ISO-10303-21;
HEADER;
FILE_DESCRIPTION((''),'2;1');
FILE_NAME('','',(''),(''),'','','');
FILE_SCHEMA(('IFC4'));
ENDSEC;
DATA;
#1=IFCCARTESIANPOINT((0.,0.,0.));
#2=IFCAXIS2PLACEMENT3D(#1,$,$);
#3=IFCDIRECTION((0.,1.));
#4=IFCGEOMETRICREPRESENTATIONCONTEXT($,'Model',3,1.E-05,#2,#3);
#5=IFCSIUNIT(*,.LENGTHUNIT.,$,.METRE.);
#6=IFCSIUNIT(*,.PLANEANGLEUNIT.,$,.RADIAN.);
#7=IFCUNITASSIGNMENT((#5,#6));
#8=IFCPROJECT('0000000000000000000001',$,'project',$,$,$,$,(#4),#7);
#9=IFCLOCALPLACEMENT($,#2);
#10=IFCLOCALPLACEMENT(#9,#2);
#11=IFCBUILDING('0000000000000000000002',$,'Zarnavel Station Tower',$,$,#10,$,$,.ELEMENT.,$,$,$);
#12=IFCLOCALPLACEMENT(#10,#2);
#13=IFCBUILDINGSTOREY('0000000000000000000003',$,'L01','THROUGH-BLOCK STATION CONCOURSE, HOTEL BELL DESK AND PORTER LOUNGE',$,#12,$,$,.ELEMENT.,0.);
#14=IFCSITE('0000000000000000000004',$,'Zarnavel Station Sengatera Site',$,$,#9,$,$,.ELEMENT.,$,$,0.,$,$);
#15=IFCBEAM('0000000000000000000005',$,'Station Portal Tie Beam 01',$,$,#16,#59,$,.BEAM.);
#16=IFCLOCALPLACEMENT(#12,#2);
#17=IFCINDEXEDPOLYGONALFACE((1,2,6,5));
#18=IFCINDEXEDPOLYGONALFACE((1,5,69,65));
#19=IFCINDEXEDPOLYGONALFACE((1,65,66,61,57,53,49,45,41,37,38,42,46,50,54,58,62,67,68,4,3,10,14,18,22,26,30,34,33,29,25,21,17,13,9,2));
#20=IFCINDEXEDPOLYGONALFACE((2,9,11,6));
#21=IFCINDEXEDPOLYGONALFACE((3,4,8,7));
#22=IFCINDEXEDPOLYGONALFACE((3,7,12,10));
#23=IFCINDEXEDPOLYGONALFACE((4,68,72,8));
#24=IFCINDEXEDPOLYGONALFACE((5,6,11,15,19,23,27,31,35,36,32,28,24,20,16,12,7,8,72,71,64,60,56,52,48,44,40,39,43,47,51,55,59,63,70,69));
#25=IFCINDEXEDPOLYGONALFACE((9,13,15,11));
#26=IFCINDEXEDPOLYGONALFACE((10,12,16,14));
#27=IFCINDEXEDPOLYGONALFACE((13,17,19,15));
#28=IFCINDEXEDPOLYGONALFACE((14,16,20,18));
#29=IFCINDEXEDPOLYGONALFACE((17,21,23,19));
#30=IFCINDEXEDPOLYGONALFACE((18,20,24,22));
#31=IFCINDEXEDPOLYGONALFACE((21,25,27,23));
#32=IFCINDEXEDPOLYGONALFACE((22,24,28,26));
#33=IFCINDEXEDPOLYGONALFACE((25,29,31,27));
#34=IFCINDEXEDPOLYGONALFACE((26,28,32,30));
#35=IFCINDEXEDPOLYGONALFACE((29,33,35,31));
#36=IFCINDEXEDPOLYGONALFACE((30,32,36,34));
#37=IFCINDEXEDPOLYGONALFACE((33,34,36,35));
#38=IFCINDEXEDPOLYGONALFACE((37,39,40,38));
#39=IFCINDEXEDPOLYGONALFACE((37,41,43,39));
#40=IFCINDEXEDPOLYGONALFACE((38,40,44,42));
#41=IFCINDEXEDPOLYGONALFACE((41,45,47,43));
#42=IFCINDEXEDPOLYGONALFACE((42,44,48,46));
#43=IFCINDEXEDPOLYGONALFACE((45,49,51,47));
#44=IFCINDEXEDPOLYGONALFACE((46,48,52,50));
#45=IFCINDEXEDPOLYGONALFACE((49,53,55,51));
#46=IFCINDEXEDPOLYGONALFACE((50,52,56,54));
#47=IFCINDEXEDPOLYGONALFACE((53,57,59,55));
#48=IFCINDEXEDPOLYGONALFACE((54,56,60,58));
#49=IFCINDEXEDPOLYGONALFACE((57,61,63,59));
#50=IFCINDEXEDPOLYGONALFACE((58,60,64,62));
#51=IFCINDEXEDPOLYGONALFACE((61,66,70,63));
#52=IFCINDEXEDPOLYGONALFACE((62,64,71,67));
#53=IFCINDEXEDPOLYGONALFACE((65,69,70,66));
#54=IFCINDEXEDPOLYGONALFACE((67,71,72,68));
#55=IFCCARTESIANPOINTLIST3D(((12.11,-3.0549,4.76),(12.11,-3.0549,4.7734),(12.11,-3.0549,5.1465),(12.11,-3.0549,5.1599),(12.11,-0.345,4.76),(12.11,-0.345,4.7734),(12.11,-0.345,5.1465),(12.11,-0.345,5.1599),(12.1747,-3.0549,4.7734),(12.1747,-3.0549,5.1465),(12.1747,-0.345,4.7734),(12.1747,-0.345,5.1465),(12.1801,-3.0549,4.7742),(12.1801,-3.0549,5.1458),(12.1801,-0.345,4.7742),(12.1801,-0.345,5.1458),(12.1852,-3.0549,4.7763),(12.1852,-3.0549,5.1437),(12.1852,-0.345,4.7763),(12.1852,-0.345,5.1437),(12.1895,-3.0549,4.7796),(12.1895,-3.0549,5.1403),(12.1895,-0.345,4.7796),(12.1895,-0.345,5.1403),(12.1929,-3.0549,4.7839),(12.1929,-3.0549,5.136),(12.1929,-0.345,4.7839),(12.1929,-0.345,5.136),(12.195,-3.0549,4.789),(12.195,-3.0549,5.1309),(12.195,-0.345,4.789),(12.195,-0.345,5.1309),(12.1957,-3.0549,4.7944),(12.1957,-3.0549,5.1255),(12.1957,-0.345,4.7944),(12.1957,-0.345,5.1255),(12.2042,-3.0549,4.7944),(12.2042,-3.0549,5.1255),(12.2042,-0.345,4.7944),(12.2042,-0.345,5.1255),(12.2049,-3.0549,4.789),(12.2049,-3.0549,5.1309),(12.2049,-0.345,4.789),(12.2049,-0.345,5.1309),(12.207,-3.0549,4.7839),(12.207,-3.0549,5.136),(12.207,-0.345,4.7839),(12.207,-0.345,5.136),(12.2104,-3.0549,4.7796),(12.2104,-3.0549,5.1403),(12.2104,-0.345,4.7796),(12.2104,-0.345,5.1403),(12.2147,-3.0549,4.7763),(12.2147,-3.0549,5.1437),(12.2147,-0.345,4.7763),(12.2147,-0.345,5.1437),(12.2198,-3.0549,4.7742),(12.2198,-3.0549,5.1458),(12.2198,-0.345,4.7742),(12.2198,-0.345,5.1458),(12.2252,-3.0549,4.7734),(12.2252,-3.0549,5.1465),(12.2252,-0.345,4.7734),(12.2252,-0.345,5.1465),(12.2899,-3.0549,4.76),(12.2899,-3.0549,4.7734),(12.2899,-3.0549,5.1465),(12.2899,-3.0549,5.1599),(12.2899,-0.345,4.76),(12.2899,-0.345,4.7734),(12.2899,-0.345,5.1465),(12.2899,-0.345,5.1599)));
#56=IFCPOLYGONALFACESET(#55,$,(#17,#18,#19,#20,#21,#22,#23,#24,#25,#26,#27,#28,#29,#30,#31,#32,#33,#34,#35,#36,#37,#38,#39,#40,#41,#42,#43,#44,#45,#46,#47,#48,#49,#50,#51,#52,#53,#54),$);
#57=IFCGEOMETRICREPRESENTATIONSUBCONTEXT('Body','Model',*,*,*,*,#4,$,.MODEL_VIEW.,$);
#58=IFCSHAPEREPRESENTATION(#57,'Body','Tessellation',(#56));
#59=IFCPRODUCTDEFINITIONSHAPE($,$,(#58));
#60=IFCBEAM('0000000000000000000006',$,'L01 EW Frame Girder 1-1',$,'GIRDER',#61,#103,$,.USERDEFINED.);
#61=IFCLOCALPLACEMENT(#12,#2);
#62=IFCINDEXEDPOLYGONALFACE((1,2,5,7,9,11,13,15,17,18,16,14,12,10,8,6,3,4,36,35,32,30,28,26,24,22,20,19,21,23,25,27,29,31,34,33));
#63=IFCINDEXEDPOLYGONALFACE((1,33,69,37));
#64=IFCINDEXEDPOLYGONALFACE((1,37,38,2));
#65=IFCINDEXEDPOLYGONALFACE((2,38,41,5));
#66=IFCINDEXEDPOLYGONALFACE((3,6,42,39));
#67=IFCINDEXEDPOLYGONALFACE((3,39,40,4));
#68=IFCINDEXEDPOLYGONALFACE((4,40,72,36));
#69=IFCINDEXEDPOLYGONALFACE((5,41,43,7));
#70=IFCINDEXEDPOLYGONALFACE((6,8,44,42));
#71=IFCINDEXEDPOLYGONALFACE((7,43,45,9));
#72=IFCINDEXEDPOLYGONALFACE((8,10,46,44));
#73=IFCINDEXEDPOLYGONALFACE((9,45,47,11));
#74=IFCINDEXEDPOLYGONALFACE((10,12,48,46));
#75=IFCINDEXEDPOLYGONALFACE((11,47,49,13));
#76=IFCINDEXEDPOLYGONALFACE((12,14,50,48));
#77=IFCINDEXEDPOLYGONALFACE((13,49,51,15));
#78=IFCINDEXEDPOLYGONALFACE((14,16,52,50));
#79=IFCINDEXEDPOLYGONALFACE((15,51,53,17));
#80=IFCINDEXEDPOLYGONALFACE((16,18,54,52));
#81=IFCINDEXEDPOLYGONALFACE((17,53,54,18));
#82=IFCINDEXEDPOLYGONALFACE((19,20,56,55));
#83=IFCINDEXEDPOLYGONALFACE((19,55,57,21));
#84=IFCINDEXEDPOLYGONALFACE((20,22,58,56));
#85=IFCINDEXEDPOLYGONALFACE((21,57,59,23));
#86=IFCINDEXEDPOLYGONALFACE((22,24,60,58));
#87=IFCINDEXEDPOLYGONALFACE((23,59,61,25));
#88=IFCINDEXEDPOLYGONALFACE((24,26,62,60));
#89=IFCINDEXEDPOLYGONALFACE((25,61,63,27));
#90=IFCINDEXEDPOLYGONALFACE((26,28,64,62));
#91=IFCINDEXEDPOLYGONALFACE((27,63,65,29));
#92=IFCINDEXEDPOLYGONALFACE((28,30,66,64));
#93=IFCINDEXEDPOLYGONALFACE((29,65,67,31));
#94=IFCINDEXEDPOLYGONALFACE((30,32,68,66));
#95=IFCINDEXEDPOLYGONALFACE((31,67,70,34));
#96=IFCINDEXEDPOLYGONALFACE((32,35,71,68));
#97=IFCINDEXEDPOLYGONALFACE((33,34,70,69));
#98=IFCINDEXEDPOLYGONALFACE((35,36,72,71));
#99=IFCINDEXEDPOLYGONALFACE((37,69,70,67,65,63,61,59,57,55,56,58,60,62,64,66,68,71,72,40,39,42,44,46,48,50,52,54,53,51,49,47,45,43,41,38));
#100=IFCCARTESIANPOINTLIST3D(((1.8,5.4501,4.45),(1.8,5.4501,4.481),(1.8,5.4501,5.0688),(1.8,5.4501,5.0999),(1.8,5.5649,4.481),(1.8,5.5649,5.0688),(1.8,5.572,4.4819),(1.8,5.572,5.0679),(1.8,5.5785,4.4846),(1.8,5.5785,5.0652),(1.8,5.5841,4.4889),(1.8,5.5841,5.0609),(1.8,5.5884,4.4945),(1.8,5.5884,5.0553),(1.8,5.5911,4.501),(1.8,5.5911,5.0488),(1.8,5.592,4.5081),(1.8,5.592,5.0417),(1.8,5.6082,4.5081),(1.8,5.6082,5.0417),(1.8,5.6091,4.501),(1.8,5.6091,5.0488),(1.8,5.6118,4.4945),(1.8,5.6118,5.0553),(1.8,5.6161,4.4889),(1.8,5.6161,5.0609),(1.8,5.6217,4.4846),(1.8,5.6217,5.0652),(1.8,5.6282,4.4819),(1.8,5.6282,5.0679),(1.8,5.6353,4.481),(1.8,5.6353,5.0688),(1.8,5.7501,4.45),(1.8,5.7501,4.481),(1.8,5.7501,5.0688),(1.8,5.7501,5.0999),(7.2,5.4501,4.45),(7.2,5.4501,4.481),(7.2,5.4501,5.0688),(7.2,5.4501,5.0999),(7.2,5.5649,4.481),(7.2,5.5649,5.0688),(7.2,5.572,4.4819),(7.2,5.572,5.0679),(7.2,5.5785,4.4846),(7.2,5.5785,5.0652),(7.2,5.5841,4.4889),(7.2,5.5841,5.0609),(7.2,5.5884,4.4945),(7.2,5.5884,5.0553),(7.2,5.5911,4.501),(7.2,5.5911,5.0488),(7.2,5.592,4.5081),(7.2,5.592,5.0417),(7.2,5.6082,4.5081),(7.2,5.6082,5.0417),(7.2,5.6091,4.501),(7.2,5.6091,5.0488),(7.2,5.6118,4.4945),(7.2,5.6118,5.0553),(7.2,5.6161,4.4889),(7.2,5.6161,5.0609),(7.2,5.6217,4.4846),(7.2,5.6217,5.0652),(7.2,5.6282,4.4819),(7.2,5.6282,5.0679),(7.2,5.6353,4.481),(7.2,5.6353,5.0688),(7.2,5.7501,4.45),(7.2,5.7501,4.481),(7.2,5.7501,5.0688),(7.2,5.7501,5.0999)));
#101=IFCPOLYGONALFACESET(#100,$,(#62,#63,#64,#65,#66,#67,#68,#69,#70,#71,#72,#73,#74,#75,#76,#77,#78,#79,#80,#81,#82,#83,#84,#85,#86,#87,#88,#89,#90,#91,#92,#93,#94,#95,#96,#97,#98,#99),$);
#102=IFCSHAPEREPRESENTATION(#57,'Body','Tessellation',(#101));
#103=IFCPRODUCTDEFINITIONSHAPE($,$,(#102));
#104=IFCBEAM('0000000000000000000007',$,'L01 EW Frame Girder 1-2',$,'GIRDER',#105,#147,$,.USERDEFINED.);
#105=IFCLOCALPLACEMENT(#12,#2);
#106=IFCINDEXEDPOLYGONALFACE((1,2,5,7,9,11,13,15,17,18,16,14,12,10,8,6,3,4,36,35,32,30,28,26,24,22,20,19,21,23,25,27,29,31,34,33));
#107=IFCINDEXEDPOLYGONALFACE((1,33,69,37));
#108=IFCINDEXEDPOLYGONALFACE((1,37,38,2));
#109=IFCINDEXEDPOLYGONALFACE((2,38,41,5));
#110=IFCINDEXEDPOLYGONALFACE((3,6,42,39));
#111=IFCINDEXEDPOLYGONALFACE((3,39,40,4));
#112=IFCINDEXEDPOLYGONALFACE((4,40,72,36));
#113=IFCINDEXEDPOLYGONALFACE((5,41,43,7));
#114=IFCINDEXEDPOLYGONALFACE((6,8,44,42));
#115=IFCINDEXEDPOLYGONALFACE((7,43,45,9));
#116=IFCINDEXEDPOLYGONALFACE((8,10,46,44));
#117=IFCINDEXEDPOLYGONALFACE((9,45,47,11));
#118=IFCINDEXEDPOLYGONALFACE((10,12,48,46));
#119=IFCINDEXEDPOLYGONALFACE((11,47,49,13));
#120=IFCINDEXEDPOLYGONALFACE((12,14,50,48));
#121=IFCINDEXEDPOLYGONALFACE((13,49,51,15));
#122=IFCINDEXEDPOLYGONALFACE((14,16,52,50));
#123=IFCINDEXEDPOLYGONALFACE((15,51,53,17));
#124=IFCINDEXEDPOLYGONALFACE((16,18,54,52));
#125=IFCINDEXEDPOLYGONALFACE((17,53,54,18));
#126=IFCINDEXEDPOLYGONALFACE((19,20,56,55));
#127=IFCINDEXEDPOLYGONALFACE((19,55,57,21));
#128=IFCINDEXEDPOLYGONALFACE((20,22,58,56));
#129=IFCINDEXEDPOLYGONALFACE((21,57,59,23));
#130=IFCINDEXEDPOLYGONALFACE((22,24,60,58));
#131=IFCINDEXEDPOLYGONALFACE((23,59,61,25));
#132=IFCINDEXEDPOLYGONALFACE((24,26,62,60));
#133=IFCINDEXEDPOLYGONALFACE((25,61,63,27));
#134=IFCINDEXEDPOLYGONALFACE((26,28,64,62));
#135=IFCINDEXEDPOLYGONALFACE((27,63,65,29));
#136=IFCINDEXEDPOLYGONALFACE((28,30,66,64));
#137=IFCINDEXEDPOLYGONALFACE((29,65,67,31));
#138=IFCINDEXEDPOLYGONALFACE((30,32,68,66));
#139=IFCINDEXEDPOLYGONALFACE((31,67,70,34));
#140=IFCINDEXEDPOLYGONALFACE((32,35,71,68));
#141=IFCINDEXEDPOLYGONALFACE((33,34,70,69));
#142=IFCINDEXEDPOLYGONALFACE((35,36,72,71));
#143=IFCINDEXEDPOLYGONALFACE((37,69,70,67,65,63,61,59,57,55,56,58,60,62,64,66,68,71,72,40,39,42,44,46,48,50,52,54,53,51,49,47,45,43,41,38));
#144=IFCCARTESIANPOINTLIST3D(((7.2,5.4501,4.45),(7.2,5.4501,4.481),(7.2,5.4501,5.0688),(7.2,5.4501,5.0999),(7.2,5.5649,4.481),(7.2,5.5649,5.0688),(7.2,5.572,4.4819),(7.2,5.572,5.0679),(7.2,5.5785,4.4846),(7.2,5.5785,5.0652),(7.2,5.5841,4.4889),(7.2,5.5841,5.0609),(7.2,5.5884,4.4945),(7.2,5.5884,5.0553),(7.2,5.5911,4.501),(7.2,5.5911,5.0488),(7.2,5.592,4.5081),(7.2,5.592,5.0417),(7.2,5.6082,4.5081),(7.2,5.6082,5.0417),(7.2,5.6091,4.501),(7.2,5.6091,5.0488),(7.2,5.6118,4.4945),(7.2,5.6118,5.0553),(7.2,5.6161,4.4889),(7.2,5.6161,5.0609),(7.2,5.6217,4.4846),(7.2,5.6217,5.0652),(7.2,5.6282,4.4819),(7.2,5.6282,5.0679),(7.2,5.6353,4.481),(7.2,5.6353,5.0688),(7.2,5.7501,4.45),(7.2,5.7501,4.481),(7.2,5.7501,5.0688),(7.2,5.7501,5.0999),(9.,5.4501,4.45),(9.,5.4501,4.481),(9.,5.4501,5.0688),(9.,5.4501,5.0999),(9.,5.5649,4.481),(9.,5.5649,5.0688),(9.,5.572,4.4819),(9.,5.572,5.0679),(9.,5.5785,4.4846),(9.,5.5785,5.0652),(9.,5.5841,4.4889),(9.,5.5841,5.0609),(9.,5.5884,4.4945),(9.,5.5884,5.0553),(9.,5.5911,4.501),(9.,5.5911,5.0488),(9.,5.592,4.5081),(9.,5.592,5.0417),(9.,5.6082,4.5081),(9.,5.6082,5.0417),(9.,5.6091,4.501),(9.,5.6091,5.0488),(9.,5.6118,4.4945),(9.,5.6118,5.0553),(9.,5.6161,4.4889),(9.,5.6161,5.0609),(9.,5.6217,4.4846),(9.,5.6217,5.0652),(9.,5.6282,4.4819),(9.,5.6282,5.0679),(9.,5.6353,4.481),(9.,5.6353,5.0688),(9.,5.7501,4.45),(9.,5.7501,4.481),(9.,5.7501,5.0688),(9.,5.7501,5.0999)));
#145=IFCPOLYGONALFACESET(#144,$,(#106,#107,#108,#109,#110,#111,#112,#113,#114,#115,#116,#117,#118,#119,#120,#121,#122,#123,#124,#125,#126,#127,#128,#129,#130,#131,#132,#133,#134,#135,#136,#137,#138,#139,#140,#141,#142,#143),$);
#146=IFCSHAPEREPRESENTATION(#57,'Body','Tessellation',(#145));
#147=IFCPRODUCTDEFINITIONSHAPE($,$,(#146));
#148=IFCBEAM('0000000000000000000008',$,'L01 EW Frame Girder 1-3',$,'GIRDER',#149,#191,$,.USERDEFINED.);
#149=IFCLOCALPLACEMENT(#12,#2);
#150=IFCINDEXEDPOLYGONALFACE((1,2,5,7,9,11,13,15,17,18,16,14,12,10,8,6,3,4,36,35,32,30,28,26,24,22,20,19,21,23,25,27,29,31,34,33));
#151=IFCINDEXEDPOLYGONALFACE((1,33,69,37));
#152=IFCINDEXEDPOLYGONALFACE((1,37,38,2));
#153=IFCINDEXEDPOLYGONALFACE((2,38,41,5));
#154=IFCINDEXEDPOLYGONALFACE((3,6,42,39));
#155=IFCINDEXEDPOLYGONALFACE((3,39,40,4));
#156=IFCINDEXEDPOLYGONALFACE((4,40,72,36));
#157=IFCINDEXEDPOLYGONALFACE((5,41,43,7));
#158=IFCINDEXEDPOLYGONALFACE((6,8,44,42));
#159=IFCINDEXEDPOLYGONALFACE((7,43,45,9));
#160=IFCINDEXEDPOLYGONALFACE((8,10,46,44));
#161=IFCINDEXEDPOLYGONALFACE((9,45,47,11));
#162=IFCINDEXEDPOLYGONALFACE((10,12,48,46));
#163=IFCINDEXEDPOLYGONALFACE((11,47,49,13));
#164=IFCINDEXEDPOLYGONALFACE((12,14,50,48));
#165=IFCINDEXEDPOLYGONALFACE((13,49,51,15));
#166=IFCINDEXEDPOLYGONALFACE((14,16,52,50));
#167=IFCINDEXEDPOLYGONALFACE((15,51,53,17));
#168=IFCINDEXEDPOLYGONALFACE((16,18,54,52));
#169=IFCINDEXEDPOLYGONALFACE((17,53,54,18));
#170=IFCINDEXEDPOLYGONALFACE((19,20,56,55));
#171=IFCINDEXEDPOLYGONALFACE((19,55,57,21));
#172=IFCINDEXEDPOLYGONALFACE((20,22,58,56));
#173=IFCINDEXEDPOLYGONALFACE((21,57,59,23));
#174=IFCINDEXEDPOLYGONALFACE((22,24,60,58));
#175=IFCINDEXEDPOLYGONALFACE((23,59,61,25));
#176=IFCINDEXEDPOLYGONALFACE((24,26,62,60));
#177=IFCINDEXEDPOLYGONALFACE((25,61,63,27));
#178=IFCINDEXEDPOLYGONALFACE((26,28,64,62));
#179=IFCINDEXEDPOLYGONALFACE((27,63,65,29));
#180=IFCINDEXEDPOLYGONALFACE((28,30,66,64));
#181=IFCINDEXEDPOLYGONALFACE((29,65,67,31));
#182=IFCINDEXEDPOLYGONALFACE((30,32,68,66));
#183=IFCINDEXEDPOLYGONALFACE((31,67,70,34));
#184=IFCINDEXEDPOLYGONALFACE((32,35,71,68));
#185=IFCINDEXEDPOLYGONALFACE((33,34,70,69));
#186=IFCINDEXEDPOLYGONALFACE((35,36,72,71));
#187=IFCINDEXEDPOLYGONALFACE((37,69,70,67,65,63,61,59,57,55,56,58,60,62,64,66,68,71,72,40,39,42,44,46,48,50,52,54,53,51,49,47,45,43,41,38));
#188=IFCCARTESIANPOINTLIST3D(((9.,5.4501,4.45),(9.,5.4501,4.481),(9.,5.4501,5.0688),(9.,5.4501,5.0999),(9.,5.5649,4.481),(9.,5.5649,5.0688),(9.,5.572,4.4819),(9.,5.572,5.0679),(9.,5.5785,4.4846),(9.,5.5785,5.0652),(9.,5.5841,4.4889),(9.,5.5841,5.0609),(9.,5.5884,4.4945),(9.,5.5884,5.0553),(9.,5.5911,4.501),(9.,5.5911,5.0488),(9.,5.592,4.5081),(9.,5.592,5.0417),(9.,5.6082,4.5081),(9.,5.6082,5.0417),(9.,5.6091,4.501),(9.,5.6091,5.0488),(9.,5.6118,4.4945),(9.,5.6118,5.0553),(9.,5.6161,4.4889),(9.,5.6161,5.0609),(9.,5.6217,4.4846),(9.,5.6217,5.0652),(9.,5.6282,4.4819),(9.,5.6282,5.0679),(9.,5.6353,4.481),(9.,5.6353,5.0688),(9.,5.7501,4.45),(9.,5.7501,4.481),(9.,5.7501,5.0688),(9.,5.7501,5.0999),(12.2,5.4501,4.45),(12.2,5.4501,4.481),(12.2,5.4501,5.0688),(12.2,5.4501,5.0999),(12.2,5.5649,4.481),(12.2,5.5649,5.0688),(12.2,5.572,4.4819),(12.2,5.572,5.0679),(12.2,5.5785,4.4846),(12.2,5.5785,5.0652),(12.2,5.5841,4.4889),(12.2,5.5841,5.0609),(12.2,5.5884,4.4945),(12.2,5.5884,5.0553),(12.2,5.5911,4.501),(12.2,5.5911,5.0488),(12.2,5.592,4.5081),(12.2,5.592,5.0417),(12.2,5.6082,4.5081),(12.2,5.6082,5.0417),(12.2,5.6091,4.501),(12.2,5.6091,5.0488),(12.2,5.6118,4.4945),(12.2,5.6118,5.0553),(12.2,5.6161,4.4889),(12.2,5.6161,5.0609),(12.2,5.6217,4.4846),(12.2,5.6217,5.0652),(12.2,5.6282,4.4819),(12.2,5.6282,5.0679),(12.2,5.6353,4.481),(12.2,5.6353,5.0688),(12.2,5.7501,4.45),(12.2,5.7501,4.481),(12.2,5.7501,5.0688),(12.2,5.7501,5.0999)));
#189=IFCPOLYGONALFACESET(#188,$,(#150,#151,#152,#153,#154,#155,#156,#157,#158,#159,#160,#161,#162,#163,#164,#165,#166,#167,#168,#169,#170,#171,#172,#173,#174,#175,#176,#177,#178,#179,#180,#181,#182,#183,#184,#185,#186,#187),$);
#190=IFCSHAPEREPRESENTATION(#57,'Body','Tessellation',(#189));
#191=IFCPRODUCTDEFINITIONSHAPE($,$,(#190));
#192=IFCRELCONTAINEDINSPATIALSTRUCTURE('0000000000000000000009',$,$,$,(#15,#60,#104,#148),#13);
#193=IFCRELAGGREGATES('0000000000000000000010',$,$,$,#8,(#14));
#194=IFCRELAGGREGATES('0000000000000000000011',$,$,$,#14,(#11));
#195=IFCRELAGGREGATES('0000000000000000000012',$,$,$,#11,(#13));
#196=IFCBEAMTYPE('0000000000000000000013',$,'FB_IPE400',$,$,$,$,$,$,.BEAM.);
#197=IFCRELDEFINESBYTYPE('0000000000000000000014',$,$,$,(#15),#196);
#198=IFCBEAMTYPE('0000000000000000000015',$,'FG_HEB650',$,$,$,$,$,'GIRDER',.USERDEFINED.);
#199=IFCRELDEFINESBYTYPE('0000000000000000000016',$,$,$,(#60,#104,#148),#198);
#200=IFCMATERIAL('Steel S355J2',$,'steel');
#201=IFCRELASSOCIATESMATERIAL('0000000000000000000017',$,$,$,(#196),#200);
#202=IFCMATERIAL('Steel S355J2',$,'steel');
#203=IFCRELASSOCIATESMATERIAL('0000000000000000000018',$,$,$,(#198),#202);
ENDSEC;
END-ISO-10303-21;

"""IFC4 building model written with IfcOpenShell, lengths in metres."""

from ifc_helpers import new_model, si_unit, direction, frame, origin, origin_2d, place, context, subcontext, project, spatial, i_section, extrude, material, material_profile, profile_set, type_object, element, save


model = new_model("IFC4")

# Units and contexts
model_context = context("Model", 3, precision=1e-05, world=origin(), true_north=direction((0.0, 1.0)))
body_context = subcontext(model_context, "Body", "Model", "MODEL_VIEW")
ifc_project = project(units=[si_unit("LENGTHUNIT", "METRE"), si_unit("PLANEANGLEUNIT", "RADIAN")], contexts=[model_context])

# Site, building, storey
site_placement = place(None, origin())
site = spatial("IfcSite", under=ifc_project, at=site_placement, Name="Zarnavel Station Sengatera Site", CompositionType="ELEMENT", RefElevation=0.0)
building_placement = place(site_placement, origin())
building = spatial("IfcBuilding", under=site, at=building_placement, Name="Zarnavel Station Tower", CompositionType="ELEMENT")
storey_placement = place(building_placement, origin())
storey = spatial("IfcBuildingStorey", under=building, at=storey_placement, Name="L01", Description="THROUGH-BLOCK STATION CONCOURSE, HOTEL BELL DESK AND PORTER LOUNGE", CompositionType="ELEMENT", Elevation=0.0)

# Beams
ifc_material_1 = material(Name="Steel S355J2", Category="steel")
ifc_material_profile_1 = material_profile(ifc_material_1, i_section(OverallWidth=0.1799, OverallDepth=0.3999, WebThickness=0.0085, FlangeThickness=0.0134, FilletRadius=0.021, at=origin_2d()), Name="IPE400")
ifc_profile_set_1 = profile_set([ifc_material_profile_1], Name="Steel S355J2")
beam_type_1 = type_object("IfcBeamType", Name="FB_IPE400", PredefinedType="BEAM", material=ifc_profile_set_1)
beam_1_placement = place(storey_placement, frame((12.2, -3.0549, 4.96), z_axis=(0.0, 1.0, 0.0), x_axis=(-1.0, 0.0, 0.0)))
element("IfcBeam", 1, at=beam_1_placement, inside=storey, type_object=beam_type_1, Name="Station Portal Tie Beam 01", PredefinedType="BEAM", context=body_context, shape_type="SweptSolid", body=[
    extrude(i_section(OverallWidth=0.1799, OverallDepth=0.3999, WebThickness=0.0085, FlangeThickness=0.0134, FilletRadius=0.021, at=origin_2d()), origin(), (0.0, 0.0, 1.0), 2.71),
])
ifc_material_2 = material(Name="Steel S355J2", Category="steel")
ifc_material_profile_2 = material_profile(ifc_material_2, i_section(OverallWidth=0.3, OverallDepth=0.6499, WebThickness=0.0161, FlangeThickness=0.031, FilletRadius=0.0271, at=origin_2d()), Name="HEB650")
ifc_profile_set_2 = profile_set([ifc_material_profile_2], Name="Steel S355J2")
beam_type_2 = type_object("IfcBeamType", Name="FG_HEB650", ElementType="GIRDER", PredefinedType="USERDEFINED", material=ifc_profile_set_2)
beam_2_placement = place(storey_placement, frame((1.8, 5.6001, 4.7749), z_axis=(1.0, 0.0, 0.0), x_axis=(0.0, 1.0, 0.0)))
element("IfcBeam", 2, at=beam_2_placement, inside=storey, type_object=beam_type_2, Name="L01 EW Frame Girder 1-1", ObjectType="GIRDER", PredefinedType="USERDEFINED", context=body_context, shape_type="SweptSolid", body=[
    extrude(i_section(OverallWidth=0.3, OverallDepth=0.6499, WebThickness=0.0161, FlangeThickness=0.031, FilletRadius=0.0271, at=origin_2d()), origin(), (0.0, 0.0, 1.0), 5.3999),
])
beam_3_placement = place(storey_placement, frame((7.2, 5.6001, 4.7749), z_axis=(1.0, 0.0, 0.0), x_axis=(0.0, 1.0, 0.0)))
element("IfcBeam", 3, at=beam_3_placement, inside=storey, type_object=beam_type_2, Name="L01 EW Frame Girder 1-2", ObjectType="GIRDER", PredefinedType="USERDEFINED", context=body_context, shape_type="SweptSolid", body=[
    extrude(i_section(OverallWidth=0.3, OverallDepth=0.6499, WebThickness=0.0161, FlangeThickness=0.031, FilletRadius=0.0271, at=origin_2d()), origin(), (0.0, 0.0, 1.0), 1.8),
])
beam_4_placement = place(storey_placement, frame((9.0, 5.6001, 4.7749), z_axis=(1.0, 0.0, 0.0), x_axis=(0.0, 1.0, 0.0)))
element("IfcBeam", 4, at=beam_4_placement, inside=storey, type_object=beam_type_2, Name="L01 EW Frame Girder 1-3", ObjectType="GIRDER", PredefinedType="USERDEFINED", context=body_context, shape_type="SweptSolid", body=[
    extrude(i_section(OverallWidth=0.3, OverallDepth=0.6499, WebThickness=0.0161, FlangeThickness=0.031, FilletRadius=0.0271, at=origin_2d()), origin(), (0.0, 0.0, 1.0), 3.2),
])

save(model, "model.ifc")
